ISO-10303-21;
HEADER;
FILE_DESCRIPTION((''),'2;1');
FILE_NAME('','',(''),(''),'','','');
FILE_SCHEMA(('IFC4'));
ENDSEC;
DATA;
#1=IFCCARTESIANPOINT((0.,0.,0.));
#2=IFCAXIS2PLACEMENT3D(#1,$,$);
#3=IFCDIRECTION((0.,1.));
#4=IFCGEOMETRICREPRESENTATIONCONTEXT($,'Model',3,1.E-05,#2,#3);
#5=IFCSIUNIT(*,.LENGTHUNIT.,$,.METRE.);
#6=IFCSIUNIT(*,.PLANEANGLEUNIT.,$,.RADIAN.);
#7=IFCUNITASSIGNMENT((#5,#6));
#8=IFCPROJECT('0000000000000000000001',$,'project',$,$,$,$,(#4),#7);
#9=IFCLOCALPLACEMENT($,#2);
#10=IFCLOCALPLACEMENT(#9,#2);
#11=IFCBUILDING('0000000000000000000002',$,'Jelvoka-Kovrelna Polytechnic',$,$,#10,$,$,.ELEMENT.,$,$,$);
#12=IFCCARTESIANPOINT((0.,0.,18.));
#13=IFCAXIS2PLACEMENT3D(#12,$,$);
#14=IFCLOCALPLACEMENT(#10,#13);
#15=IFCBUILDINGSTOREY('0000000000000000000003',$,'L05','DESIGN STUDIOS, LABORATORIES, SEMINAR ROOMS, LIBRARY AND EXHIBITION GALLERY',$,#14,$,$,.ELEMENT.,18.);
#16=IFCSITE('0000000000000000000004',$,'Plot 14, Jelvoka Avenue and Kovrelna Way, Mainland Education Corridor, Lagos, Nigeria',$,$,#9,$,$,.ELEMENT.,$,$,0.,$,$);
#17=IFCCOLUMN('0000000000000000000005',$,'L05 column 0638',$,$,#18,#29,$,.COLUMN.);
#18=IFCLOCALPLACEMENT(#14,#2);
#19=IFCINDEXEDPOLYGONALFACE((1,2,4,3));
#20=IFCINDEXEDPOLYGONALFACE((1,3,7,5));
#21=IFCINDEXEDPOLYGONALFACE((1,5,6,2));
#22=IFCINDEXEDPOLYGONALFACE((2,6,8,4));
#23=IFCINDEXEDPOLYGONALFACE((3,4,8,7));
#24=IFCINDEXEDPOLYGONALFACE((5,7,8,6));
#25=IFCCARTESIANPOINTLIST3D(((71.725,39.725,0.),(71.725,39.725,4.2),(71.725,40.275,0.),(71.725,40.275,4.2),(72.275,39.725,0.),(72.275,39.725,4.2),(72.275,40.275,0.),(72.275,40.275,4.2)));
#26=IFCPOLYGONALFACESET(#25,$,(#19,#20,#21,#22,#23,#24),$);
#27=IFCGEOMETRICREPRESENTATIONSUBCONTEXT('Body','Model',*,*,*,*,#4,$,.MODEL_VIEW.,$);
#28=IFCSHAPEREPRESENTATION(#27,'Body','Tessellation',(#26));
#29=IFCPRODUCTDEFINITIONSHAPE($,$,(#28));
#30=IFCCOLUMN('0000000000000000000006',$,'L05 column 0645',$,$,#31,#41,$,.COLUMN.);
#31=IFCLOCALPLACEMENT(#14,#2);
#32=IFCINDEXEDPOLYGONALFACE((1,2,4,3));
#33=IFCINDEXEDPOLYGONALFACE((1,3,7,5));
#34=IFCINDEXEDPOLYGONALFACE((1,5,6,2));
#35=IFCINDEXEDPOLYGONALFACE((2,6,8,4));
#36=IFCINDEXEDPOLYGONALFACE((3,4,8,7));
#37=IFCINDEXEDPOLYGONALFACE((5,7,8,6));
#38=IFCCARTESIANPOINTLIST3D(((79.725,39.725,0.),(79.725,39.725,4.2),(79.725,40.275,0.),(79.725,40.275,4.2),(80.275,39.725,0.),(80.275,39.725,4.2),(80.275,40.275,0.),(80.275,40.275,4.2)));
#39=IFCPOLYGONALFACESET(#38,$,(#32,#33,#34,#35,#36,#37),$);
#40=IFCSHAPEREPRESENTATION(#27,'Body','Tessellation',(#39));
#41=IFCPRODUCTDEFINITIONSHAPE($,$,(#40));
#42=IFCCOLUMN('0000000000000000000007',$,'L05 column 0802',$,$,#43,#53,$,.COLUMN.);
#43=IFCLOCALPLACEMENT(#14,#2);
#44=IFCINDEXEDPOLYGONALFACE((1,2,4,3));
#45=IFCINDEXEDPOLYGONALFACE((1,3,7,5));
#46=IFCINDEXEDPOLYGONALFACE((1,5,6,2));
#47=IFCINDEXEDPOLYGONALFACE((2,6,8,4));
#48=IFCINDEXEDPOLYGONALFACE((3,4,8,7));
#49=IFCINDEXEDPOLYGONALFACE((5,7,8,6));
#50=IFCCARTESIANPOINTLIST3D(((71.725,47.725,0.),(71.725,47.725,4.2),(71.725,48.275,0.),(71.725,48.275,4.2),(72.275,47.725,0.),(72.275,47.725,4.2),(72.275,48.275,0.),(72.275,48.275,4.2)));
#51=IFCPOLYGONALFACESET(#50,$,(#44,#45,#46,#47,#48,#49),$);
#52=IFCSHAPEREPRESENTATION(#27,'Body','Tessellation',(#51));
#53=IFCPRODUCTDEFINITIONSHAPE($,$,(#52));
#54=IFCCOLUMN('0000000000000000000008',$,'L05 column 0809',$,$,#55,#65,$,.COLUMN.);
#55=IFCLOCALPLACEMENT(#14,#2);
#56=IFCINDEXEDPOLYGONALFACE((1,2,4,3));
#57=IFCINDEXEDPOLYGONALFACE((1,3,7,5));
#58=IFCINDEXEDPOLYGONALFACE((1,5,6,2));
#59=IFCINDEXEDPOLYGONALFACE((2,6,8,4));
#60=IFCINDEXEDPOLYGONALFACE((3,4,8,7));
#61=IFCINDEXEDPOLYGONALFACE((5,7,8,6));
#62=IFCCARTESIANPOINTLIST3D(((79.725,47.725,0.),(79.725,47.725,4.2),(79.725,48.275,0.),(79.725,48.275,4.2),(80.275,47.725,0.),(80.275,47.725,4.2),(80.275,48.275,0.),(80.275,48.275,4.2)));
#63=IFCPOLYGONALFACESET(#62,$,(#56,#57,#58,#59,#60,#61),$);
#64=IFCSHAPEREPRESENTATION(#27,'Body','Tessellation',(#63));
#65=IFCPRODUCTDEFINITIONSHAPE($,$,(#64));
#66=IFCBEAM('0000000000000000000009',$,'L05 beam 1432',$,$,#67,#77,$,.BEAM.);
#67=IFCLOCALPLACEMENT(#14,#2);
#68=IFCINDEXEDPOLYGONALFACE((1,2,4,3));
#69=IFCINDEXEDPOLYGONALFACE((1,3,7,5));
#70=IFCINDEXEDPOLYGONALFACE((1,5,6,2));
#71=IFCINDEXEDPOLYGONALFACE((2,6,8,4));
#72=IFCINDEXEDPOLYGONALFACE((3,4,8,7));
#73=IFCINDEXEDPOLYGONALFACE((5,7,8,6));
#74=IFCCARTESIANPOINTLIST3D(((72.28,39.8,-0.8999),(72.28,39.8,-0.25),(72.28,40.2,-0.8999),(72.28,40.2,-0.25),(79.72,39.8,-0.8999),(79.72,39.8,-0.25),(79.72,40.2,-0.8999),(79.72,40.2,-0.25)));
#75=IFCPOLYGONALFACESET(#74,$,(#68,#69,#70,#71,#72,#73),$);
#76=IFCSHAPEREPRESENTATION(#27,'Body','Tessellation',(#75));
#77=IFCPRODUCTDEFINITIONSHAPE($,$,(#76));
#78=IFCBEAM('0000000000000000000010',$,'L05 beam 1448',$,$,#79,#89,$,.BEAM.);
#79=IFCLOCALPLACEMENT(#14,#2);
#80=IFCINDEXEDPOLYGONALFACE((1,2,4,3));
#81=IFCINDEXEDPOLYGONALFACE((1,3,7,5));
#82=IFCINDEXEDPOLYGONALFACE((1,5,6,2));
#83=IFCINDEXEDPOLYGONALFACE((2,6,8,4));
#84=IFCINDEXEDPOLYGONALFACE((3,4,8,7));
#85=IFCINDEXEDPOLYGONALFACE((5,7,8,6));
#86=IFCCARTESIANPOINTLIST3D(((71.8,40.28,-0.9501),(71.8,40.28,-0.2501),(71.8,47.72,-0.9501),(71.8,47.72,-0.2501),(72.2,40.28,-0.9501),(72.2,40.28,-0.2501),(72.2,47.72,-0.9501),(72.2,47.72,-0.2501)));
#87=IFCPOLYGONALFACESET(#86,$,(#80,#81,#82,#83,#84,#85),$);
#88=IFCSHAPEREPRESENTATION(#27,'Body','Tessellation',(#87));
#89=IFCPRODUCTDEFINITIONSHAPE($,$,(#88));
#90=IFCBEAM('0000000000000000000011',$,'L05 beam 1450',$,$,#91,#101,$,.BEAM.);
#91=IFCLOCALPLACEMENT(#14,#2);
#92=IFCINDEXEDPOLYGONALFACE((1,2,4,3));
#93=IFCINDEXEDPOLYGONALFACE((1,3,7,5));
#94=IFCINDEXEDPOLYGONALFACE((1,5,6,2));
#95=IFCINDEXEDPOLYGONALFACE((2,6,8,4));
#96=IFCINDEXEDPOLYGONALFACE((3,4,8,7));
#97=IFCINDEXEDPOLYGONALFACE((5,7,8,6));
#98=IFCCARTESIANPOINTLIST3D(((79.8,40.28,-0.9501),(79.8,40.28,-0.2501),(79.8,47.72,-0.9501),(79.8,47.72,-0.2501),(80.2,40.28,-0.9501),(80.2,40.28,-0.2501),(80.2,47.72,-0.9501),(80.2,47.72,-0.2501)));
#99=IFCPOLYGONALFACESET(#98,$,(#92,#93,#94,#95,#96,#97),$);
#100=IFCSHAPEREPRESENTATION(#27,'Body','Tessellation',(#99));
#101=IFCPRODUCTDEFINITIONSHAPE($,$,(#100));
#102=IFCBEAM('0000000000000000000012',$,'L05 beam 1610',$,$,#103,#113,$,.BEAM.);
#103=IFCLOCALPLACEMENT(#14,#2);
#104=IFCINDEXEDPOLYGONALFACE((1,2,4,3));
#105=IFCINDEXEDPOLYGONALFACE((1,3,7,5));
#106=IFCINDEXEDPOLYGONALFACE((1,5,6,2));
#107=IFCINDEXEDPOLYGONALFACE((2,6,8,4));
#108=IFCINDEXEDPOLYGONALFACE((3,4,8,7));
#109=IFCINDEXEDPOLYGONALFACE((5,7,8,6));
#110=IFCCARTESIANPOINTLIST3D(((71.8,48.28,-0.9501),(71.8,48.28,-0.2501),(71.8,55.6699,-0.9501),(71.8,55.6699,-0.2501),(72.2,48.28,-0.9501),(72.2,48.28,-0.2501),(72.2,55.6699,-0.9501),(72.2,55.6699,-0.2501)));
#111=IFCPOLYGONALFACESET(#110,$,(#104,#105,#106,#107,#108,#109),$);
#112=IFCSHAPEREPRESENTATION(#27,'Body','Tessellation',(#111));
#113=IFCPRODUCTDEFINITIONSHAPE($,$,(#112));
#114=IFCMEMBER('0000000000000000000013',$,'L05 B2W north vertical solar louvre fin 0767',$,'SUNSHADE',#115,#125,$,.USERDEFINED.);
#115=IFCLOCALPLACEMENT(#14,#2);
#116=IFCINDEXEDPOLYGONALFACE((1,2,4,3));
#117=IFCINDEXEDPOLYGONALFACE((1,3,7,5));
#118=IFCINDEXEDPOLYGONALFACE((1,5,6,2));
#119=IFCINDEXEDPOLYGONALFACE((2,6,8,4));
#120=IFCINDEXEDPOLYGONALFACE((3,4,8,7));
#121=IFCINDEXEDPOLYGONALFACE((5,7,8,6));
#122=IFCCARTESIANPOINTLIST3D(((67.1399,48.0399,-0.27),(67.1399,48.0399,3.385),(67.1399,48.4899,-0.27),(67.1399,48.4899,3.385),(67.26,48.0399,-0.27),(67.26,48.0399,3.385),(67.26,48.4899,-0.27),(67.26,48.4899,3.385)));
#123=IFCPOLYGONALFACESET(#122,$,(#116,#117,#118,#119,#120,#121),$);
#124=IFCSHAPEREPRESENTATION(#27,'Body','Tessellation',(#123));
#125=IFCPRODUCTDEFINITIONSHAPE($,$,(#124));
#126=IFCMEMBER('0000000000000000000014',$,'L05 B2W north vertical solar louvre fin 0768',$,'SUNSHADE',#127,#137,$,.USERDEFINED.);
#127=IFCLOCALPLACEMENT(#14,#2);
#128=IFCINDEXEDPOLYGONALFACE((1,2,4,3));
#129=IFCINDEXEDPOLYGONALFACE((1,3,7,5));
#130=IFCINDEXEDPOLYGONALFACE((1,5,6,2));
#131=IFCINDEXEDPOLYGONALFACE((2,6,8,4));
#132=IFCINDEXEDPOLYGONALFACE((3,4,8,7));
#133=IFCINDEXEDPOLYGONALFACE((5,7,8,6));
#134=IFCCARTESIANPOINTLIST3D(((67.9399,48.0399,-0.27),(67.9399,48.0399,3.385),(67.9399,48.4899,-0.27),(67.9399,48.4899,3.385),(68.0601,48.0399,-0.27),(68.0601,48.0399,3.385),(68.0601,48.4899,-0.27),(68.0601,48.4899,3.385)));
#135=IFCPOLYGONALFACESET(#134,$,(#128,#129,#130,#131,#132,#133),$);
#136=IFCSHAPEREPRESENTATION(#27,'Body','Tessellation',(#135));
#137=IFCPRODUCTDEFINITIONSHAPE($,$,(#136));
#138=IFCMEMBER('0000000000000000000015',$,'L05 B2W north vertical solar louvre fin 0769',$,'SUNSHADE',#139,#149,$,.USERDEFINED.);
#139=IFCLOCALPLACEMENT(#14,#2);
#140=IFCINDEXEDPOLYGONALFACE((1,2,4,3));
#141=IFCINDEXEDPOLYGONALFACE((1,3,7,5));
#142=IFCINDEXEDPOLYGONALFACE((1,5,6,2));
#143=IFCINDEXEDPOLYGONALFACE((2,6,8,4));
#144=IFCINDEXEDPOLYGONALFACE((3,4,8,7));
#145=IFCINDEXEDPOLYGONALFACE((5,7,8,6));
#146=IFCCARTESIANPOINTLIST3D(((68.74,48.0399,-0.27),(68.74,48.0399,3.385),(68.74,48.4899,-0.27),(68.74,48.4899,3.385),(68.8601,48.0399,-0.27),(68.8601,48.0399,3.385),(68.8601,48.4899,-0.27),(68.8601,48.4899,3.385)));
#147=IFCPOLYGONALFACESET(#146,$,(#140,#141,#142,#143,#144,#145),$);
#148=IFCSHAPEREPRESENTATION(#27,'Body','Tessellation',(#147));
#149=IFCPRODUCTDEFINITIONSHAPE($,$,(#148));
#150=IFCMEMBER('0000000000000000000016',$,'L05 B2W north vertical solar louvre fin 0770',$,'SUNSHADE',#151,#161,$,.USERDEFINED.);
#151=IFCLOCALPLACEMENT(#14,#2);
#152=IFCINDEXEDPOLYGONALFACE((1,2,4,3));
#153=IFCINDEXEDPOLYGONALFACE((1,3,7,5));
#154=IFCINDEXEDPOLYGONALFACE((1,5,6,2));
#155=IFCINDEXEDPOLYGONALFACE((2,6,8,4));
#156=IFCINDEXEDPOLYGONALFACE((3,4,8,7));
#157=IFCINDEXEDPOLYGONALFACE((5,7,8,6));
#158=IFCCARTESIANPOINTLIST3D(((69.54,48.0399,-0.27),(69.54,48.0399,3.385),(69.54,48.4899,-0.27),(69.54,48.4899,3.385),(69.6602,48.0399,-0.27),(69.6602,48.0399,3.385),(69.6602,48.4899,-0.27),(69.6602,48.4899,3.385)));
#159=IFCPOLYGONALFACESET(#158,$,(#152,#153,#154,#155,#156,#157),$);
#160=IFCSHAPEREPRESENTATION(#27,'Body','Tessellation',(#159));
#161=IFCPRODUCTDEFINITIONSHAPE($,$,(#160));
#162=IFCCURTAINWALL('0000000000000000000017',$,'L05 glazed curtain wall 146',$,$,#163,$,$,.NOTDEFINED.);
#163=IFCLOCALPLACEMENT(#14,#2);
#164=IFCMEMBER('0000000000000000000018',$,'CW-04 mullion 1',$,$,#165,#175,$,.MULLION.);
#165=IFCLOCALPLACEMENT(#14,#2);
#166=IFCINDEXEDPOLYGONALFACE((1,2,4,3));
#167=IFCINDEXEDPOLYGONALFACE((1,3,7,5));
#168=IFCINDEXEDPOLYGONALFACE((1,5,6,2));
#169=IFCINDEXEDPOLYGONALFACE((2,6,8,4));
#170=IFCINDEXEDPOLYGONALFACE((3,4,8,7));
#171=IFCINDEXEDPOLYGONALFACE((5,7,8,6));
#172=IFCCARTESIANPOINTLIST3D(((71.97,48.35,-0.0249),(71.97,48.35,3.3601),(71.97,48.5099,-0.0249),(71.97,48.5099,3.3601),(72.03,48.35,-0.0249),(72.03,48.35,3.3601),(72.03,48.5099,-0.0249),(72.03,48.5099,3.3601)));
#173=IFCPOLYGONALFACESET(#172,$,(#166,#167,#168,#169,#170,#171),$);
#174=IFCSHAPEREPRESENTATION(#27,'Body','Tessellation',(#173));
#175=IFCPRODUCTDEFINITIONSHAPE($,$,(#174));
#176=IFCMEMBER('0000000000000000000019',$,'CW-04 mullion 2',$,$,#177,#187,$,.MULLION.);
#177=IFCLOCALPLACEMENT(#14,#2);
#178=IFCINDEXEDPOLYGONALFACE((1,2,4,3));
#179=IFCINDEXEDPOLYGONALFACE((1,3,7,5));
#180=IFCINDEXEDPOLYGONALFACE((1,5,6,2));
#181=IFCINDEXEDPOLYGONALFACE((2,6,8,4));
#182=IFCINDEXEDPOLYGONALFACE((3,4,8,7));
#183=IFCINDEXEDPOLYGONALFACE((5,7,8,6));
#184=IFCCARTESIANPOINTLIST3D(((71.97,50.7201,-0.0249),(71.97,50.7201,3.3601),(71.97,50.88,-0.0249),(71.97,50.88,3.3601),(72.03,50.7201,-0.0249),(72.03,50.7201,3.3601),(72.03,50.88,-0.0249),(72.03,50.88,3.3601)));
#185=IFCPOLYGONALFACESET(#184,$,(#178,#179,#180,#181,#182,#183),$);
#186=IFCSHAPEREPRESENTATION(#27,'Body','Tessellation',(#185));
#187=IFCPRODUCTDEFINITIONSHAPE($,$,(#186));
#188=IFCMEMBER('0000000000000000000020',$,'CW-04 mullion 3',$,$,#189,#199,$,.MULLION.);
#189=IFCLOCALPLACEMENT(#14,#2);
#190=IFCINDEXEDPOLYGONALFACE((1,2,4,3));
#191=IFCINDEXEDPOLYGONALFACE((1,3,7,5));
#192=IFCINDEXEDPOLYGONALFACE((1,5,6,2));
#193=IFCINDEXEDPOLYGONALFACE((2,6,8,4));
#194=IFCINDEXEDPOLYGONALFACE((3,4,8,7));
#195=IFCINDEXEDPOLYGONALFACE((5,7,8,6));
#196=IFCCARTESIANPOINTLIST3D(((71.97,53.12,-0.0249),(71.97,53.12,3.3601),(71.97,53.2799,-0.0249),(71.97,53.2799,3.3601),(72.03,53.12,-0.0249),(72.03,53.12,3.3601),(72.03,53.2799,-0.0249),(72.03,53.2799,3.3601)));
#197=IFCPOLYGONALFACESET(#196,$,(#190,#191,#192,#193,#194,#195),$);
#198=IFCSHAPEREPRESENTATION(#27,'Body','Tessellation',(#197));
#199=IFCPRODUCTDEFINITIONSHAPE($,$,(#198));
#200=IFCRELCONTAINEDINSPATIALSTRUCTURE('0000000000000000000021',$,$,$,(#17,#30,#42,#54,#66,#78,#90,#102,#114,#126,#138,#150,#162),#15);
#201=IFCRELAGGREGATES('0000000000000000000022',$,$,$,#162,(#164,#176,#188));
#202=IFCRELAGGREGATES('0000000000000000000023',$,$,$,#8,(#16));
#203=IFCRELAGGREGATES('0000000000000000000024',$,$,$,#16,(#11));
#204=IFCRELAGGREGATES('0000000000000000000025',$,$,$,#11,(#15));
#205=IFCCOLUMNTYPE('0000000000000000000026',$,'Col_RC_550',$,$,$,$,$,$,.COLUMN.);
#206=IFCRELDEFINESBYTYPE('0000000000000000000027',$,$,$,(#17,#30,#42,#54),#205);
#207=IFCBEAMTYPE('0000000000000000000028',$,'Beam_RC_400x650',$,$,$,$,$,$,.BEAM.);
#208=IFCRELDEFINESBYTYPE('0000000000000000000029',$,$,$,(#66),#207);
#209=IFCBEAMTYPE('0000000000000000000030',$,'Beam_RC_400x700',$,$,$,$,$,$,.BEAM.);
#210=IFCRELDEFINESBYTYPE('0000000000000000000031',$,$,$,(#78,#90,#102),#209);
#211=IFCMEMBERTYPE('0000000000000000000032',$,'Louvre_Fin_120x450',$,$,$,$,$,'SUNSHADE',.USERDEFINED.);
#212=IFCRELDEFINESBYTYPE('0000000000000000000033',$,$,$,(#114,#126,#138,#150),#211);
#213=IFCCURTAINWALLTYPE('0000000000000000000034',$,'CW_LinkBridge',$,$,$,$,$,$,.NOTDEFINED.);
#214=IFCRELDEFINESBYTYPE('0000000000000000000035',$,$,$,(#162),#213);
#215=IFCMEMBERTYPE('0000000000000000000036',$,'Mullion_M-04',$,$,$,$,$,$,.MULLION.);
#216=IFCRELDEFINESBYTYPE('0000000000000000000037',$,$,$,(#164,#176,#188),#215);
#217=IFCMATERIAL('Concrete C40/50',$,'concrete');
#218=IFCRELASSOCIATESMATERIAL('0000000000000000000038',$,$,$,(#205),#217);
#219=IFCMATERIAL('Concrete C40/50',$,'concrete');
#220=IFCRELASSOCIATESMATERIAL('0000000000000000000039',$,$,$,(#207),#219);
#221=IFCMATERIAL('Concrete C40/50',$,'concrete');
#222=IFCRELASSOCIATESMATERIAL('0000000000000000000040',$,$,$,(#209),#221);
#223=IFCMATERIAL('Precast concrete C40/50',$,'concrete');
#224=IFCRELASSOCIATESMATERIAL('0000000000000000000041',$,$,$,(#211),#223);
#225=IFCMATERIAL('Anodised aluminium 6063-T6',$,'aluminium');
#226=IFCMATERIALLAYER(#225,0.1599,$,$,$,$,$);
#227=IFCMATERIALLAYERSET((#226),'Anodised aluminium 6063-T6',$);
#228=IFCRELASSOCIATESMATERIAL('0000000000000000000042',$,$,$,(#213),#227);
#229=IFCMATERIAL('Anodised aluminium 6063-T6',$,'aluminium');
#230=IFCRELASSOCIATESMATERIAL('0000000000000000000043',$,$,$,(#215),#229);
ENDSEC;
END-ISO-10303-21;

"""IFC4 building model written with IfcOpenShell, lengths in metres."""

from ifc_helpers import new_model, si_unit, direction, frame, origin, origin_2d, place, context, subcontext, project, spatial, rectangle, extrude, material, layer, layer_set, material_profile, profile_set, type_object, element, aggregate, save


model = new_model("IFC4")

# Units and contexts
model_context = context("Model", 3, precision=1e-05, world=origin(), true_north=direction((0.0, 1.0)))
body_context = subcontext(model_context, "Body", "Model", "MODEL_VIEW")
ifc_project = project(units=[si_unit("LENGTHUNIT", "METRE"), si_unit("PLANEANGLEUNIT", "RADIAN")], contexts=[model_context])

# Site, building, storey
site_placement = place(None, origin())
site = spatial("IfcSite", under=ifc_project, at=site_placement, Name="Plot 14, Jelvoka Avenue and Kovrelna Way, Mainland Education Corridor, Lagos, Nigeria", CompositionType="ELEMENT", RefElevation=0.0)
building_placement = place(site_placement, origin())
building = spatial("IfcBuilding", under=site, at=building_placement, Name="Jelvoka-Kovrelna Polytechnic", CompositionType="ELEMENT")
storey_placement = place(building_placement, frame((0.0, 0.0, 18.0)))
storey = spatial("IfcBuildingStorey", under=building, at=storey_placement, Name="L05", Description="DESIGN STUDIOS, LABORATORIES, SEMINAR ROOMS, LIBRARY AND EXHIBITION GALLERY", CompositionType="ELEMENT", Elevation=18.0)

# Columns
ifc_material_1 = material(Name="Concrete C40/50", Category="concrete")
ifc_material_profile_1 = material_profile(ifc_material_1, rectangle(XDim=0.55, YDim=0.55, at=origin_2d()), Name="RC 550x550")
ifc_profile_set_1 = profile_set([ifc_material_profile_1], Name="Concrete C40/50")
column_type = type_object("IfcColumnType", Name="Col_RC_550", PredefinedType="COLUMN", material=ifc_profile_set_1)
for number, where, z_axis, x_axis, name in (
    (1, (72.0, 40.0, 0.0), (0.0, 0.0, 1.0), (1.0, 0.0, 0.0), "L05 column 0638"),
    (2, (80.0, 40.0, 0.0), (0.0, 0.0, 1.0), (1.0, 0.0, 0.0), "L05 column 0645"),
    (3, (72.0, 48.0, 0.0), (0.0, 0.0, 1.0), (1.0, 0.0, 0.0), "L05 column 0802"),
    (4, (80.0, 48.0, 0.0), (0.0, 0.0, 1.0), (1.0, 0.0, 0.0), "L05 column 0809"),
):
    element("IfcColumn", number, at=place(storey_placement, frame(where, z_axis=z_axis, x_axis=x_axis)), inside=storey, type_object=column_type, Name=name, PredefinedType="COLUMN", context=body_context, shape_type="SweptSolid", body=[
        extrude(rectangle(XDim=0.55, YDim=0.55, at=origin_2d()), origin(), (0.0, 0.0, 1.0), 4.2),
    ])

# Beams
ifc_material_2 = material(Name="Concrete C40/50", Category="concrete")
ifc_material_profile_2 = material_profile(ifc_material_2, rectangle(XDim=0.3999, YDim=0.6499, at=origin_2d()), Name="RC 400x650")
ifc_profile_set_2 = profile_set([ifc_material_profile_2], Name="Concrete C40/50")
beam_type_1 = type_object("IfcBeamType", Name="Beam_RC_400x650", PredefinedType="BEAM", material=ifc_profile_set_2)
beam_1_placement = place(storey_placement, frame((72.28, 40.0, -0.575), z_axis=(1.0, 0.0, 0.0), x_axis=(0.0, 1.0, 0.0)))
element("IfcBeam", 5, at=beam_1_placement, inside=storey, type_object=beam_type_1, Name="L05 beam 1432", PredefinedType="BEAM", context=body_context, shape_type="SweptSolid", body=[
    extrude(rectangle(XDim=0.3999, YDim=0.6499, at=origin_2d()), origin(), (0.0, 0.0, 1.0), 7.4399),
])
ifc_material_3 = material(Name="Concrete C40/50", Category="concrete")
ifc_material_profile_3 = material_profile(ifc_material_3, rectangle(XDim=0.3999, YDim=0.7, at=origin_2d()), Name="RC 400x700")
ifc_profile_set_3 = profile_set([ifc_material_profile_3], Name="Concrete C40/50")
beam_type_2 = type_object("IfcBeamType", Name="Beam_RC_400x700", PredefinedType="BEAM", material=ifc_profile_set_3)
for number, where, z_axis, x_axis, name in (
    (6, (72.0, 40.28, -0.6001), (0.0, 1.0, 0.0), (-1.0, 0.0, 0.0), "L05 beam 1448"),
    (7, (80.0, 40.28, -0.6001), (0.0, 1.0, 0.0), (-1.0, 0.0, 0.0), "L05 beam 1450"),
):
    element("IfcBeam", number, at=place(storey_placement, frame(where, z_axis=z_axis, x_axis=x_axis)), inside=storey, type_object=beam_type_2, Name=name, PredefinedType="BEAM", context=body_context, shape_type="SweptSolid", body=[
        extrude(rectangle(XDim=0.3999, YDim=0.7, at=origin_2d()), origin(), (0.0, 0.0, 1.0), 7.4399),
    ])
beam_2_placement = place(storey_placement, frame((72.0, 48.28, -0.6001), z_axis=(0.0, 1.0, 0.0), x_axis=(-1.0, 0.0, 0.0)))
element("IfcBeam", 8, at=beam_2_placement, inside=storey, type_object=beam_type_2, Name="L05 beam 1610", PredefinedType="BEAM", context=body_context, shape_type="SweptSolid", body=[
    extrude(rectangle(XDim=0.3999, YDim=0.7, at=origin_2d()), origin(), (0.0, 0.0, 1.0), 7.3899),
])

# Members
ifc_material_4 = material(Name="Precast concrete C40/50", Category="concrete")
ifc_material_profile_4 = material_profile(ifc_material_4, rectangle(XDim=0.1201, YDim=0.45, at=origin_2d()), Name="PC 120x450")
ifc_profile_set_4 = profile_set([ifc_material_profile_4], Name="Precast concrete C40/50")
member_type_1 = type_object("IfcMemberType", Name="Louvre_Fin_120x450", ElementType="SUNSHADE", PredefinedType="USERDEFINED", material=ifc_profile_set_4)
for number, where, z_axis, x_axis, name in (
    (9, (67.2, 48.2649, -0.27), (0.0, 0.0, 1.0), (1.0, 0.0, 0.0), "L05 B2W north vertical solar louvre fin 0767"),
    (10, (68.0, 48.2649, -0.27), (0.0, 0.0, 1.0), (1.0, 0.0, 0.0), "L05 B2W north vertical solar louvre fin 0768"),
    (11, (68.8, 48.2649, -0.27), (0.0, 0.0, 1.0), (1.0, 0.0, 0.0), "L05 B2W north vertical solar louvre fin 0769"),
    (12, (69.6001, 48.2649, -0.27), (0.0, 0.0, 1.0), (1.0, 0.0, 0.0), "L05 B2W north vertical solar louvre fin 0770"),
):
    element("IfcMember", number, at=place(storey_placement, frame(where, z_axis=z_axis, x_axis=x_axis)), inside=storey, type_object=member_type_1, Name=name, ObjectType="SUNSHADE", PredefinedType="USERDEFINED", context=body_context, shape_type="SweptSolid", body=[
        extrude(rectangle(XDim=0.1201, YDim=0.45, at=origin_2d()), origin(), (0.0, 0.0, 1.0), 3.655),
    ])

# Curtain wall, members
ifc_material_5 = material(Name="Anodised aluminium 6063-T6", Category="aluminium")
ifc_layer_1 = layer(ifc_material_5, 0.1599)
ifc_layer_set_1 = layer_set([ifc_layer_1], Name="Anodised aluminium 6063-T6")
curtain_wall_type = type_object("IfcCurtainWallType", Name="CW_LinkBridge", PredefinedType="NOTDEFINED", material=ifc_layer_set_1)
curtain_wall_placement = place(storey_placement, origin())
curtain_wall = element("IfcCurtainWall", 13, at=curtain_wall_placement, inside=storey, type_object=curtain_wall_type, Name="L05 glazed curtain wall 146", PredefinedType="NOTDEFINED")
ifc_material_6 = material(Name="Anodised aluminium 6063-T6", Category="aluminium")
ifc_material_profile_5 = material_profile(ifc_material_6, rectangle(XDim=0.0601, YDim=0.1599, at=origin_2d()), Name="ALU 60x160")
ifc_profile_set_5 = profile_set([ifc_material_profile_5], Name="Anodised aluminium 6063-T6")
member_type_2 = type_object("IfcMemberType", Name="Mullion_M-04", PredefinedType="MULLION", material=ifc_profile_set_5)
member_1_placement = place(storey_placement, frame((72.0, 48.4299, -0.0249), z_axis=(0.0, 0.0, 1.0), x_axis=(-1.0, 0.0, 0.0)))
member_1 = element("IfcMember", 14, at=member_1_placement, type_object=member_type_2, Name="CW-04 mullion 1", PredefinedType="MULLION", context=body_context, shape_type="SweptSolid", body=[
    extrude(rectangle(XDim=0.0601, YDim=0.1599, at=origin_2d()), origin(), (0.0, 0.0, 1.0), 3.385),
])
member_2_placement = place(storey_placement, frame((72.0, 50.8, -0.0249), z_axis=(0.0, 0.0, 1.0), x_axis=(-1.0, 0.0, 0.0)))
member_2 = element("IfcMember", 15, at=member_2_placement, type_object=member_type_2, Name="CW-04 mullion 2", PredefinedType="MULLION", context=body_context, shape_type="SweptSolid", body=[
    extrude(rectangle(XDim=0.0601, YDim=0.1599, at=origin_2d()), origin(), (0.0, 0.0, 1.0), 3.385),
])
member_3_placement = place(storey_placement, frame((72.0, 53.2, -0.0249), z_axis=(0.0, 0.0, 1.0), x_axis=(-1.0, 0.0, 0.0)))
member_3 = element("IfcMember", 16, at=member_3_placement, type_object=member_type_2, Name="CW-04 mullion 3", PredefinedType="MULLION", context=body_context, shape_type="SweptSolid", body=[
    extrude(rectangle(XDim=0.0601, YDim=0.1599, at=origin_2d()), origin(), (0.0, 0.0, 1.0), 3.385),
])

aggregate(curtain_wall, [member_1, member_2, member_3])

save(model, "model.ifc")
